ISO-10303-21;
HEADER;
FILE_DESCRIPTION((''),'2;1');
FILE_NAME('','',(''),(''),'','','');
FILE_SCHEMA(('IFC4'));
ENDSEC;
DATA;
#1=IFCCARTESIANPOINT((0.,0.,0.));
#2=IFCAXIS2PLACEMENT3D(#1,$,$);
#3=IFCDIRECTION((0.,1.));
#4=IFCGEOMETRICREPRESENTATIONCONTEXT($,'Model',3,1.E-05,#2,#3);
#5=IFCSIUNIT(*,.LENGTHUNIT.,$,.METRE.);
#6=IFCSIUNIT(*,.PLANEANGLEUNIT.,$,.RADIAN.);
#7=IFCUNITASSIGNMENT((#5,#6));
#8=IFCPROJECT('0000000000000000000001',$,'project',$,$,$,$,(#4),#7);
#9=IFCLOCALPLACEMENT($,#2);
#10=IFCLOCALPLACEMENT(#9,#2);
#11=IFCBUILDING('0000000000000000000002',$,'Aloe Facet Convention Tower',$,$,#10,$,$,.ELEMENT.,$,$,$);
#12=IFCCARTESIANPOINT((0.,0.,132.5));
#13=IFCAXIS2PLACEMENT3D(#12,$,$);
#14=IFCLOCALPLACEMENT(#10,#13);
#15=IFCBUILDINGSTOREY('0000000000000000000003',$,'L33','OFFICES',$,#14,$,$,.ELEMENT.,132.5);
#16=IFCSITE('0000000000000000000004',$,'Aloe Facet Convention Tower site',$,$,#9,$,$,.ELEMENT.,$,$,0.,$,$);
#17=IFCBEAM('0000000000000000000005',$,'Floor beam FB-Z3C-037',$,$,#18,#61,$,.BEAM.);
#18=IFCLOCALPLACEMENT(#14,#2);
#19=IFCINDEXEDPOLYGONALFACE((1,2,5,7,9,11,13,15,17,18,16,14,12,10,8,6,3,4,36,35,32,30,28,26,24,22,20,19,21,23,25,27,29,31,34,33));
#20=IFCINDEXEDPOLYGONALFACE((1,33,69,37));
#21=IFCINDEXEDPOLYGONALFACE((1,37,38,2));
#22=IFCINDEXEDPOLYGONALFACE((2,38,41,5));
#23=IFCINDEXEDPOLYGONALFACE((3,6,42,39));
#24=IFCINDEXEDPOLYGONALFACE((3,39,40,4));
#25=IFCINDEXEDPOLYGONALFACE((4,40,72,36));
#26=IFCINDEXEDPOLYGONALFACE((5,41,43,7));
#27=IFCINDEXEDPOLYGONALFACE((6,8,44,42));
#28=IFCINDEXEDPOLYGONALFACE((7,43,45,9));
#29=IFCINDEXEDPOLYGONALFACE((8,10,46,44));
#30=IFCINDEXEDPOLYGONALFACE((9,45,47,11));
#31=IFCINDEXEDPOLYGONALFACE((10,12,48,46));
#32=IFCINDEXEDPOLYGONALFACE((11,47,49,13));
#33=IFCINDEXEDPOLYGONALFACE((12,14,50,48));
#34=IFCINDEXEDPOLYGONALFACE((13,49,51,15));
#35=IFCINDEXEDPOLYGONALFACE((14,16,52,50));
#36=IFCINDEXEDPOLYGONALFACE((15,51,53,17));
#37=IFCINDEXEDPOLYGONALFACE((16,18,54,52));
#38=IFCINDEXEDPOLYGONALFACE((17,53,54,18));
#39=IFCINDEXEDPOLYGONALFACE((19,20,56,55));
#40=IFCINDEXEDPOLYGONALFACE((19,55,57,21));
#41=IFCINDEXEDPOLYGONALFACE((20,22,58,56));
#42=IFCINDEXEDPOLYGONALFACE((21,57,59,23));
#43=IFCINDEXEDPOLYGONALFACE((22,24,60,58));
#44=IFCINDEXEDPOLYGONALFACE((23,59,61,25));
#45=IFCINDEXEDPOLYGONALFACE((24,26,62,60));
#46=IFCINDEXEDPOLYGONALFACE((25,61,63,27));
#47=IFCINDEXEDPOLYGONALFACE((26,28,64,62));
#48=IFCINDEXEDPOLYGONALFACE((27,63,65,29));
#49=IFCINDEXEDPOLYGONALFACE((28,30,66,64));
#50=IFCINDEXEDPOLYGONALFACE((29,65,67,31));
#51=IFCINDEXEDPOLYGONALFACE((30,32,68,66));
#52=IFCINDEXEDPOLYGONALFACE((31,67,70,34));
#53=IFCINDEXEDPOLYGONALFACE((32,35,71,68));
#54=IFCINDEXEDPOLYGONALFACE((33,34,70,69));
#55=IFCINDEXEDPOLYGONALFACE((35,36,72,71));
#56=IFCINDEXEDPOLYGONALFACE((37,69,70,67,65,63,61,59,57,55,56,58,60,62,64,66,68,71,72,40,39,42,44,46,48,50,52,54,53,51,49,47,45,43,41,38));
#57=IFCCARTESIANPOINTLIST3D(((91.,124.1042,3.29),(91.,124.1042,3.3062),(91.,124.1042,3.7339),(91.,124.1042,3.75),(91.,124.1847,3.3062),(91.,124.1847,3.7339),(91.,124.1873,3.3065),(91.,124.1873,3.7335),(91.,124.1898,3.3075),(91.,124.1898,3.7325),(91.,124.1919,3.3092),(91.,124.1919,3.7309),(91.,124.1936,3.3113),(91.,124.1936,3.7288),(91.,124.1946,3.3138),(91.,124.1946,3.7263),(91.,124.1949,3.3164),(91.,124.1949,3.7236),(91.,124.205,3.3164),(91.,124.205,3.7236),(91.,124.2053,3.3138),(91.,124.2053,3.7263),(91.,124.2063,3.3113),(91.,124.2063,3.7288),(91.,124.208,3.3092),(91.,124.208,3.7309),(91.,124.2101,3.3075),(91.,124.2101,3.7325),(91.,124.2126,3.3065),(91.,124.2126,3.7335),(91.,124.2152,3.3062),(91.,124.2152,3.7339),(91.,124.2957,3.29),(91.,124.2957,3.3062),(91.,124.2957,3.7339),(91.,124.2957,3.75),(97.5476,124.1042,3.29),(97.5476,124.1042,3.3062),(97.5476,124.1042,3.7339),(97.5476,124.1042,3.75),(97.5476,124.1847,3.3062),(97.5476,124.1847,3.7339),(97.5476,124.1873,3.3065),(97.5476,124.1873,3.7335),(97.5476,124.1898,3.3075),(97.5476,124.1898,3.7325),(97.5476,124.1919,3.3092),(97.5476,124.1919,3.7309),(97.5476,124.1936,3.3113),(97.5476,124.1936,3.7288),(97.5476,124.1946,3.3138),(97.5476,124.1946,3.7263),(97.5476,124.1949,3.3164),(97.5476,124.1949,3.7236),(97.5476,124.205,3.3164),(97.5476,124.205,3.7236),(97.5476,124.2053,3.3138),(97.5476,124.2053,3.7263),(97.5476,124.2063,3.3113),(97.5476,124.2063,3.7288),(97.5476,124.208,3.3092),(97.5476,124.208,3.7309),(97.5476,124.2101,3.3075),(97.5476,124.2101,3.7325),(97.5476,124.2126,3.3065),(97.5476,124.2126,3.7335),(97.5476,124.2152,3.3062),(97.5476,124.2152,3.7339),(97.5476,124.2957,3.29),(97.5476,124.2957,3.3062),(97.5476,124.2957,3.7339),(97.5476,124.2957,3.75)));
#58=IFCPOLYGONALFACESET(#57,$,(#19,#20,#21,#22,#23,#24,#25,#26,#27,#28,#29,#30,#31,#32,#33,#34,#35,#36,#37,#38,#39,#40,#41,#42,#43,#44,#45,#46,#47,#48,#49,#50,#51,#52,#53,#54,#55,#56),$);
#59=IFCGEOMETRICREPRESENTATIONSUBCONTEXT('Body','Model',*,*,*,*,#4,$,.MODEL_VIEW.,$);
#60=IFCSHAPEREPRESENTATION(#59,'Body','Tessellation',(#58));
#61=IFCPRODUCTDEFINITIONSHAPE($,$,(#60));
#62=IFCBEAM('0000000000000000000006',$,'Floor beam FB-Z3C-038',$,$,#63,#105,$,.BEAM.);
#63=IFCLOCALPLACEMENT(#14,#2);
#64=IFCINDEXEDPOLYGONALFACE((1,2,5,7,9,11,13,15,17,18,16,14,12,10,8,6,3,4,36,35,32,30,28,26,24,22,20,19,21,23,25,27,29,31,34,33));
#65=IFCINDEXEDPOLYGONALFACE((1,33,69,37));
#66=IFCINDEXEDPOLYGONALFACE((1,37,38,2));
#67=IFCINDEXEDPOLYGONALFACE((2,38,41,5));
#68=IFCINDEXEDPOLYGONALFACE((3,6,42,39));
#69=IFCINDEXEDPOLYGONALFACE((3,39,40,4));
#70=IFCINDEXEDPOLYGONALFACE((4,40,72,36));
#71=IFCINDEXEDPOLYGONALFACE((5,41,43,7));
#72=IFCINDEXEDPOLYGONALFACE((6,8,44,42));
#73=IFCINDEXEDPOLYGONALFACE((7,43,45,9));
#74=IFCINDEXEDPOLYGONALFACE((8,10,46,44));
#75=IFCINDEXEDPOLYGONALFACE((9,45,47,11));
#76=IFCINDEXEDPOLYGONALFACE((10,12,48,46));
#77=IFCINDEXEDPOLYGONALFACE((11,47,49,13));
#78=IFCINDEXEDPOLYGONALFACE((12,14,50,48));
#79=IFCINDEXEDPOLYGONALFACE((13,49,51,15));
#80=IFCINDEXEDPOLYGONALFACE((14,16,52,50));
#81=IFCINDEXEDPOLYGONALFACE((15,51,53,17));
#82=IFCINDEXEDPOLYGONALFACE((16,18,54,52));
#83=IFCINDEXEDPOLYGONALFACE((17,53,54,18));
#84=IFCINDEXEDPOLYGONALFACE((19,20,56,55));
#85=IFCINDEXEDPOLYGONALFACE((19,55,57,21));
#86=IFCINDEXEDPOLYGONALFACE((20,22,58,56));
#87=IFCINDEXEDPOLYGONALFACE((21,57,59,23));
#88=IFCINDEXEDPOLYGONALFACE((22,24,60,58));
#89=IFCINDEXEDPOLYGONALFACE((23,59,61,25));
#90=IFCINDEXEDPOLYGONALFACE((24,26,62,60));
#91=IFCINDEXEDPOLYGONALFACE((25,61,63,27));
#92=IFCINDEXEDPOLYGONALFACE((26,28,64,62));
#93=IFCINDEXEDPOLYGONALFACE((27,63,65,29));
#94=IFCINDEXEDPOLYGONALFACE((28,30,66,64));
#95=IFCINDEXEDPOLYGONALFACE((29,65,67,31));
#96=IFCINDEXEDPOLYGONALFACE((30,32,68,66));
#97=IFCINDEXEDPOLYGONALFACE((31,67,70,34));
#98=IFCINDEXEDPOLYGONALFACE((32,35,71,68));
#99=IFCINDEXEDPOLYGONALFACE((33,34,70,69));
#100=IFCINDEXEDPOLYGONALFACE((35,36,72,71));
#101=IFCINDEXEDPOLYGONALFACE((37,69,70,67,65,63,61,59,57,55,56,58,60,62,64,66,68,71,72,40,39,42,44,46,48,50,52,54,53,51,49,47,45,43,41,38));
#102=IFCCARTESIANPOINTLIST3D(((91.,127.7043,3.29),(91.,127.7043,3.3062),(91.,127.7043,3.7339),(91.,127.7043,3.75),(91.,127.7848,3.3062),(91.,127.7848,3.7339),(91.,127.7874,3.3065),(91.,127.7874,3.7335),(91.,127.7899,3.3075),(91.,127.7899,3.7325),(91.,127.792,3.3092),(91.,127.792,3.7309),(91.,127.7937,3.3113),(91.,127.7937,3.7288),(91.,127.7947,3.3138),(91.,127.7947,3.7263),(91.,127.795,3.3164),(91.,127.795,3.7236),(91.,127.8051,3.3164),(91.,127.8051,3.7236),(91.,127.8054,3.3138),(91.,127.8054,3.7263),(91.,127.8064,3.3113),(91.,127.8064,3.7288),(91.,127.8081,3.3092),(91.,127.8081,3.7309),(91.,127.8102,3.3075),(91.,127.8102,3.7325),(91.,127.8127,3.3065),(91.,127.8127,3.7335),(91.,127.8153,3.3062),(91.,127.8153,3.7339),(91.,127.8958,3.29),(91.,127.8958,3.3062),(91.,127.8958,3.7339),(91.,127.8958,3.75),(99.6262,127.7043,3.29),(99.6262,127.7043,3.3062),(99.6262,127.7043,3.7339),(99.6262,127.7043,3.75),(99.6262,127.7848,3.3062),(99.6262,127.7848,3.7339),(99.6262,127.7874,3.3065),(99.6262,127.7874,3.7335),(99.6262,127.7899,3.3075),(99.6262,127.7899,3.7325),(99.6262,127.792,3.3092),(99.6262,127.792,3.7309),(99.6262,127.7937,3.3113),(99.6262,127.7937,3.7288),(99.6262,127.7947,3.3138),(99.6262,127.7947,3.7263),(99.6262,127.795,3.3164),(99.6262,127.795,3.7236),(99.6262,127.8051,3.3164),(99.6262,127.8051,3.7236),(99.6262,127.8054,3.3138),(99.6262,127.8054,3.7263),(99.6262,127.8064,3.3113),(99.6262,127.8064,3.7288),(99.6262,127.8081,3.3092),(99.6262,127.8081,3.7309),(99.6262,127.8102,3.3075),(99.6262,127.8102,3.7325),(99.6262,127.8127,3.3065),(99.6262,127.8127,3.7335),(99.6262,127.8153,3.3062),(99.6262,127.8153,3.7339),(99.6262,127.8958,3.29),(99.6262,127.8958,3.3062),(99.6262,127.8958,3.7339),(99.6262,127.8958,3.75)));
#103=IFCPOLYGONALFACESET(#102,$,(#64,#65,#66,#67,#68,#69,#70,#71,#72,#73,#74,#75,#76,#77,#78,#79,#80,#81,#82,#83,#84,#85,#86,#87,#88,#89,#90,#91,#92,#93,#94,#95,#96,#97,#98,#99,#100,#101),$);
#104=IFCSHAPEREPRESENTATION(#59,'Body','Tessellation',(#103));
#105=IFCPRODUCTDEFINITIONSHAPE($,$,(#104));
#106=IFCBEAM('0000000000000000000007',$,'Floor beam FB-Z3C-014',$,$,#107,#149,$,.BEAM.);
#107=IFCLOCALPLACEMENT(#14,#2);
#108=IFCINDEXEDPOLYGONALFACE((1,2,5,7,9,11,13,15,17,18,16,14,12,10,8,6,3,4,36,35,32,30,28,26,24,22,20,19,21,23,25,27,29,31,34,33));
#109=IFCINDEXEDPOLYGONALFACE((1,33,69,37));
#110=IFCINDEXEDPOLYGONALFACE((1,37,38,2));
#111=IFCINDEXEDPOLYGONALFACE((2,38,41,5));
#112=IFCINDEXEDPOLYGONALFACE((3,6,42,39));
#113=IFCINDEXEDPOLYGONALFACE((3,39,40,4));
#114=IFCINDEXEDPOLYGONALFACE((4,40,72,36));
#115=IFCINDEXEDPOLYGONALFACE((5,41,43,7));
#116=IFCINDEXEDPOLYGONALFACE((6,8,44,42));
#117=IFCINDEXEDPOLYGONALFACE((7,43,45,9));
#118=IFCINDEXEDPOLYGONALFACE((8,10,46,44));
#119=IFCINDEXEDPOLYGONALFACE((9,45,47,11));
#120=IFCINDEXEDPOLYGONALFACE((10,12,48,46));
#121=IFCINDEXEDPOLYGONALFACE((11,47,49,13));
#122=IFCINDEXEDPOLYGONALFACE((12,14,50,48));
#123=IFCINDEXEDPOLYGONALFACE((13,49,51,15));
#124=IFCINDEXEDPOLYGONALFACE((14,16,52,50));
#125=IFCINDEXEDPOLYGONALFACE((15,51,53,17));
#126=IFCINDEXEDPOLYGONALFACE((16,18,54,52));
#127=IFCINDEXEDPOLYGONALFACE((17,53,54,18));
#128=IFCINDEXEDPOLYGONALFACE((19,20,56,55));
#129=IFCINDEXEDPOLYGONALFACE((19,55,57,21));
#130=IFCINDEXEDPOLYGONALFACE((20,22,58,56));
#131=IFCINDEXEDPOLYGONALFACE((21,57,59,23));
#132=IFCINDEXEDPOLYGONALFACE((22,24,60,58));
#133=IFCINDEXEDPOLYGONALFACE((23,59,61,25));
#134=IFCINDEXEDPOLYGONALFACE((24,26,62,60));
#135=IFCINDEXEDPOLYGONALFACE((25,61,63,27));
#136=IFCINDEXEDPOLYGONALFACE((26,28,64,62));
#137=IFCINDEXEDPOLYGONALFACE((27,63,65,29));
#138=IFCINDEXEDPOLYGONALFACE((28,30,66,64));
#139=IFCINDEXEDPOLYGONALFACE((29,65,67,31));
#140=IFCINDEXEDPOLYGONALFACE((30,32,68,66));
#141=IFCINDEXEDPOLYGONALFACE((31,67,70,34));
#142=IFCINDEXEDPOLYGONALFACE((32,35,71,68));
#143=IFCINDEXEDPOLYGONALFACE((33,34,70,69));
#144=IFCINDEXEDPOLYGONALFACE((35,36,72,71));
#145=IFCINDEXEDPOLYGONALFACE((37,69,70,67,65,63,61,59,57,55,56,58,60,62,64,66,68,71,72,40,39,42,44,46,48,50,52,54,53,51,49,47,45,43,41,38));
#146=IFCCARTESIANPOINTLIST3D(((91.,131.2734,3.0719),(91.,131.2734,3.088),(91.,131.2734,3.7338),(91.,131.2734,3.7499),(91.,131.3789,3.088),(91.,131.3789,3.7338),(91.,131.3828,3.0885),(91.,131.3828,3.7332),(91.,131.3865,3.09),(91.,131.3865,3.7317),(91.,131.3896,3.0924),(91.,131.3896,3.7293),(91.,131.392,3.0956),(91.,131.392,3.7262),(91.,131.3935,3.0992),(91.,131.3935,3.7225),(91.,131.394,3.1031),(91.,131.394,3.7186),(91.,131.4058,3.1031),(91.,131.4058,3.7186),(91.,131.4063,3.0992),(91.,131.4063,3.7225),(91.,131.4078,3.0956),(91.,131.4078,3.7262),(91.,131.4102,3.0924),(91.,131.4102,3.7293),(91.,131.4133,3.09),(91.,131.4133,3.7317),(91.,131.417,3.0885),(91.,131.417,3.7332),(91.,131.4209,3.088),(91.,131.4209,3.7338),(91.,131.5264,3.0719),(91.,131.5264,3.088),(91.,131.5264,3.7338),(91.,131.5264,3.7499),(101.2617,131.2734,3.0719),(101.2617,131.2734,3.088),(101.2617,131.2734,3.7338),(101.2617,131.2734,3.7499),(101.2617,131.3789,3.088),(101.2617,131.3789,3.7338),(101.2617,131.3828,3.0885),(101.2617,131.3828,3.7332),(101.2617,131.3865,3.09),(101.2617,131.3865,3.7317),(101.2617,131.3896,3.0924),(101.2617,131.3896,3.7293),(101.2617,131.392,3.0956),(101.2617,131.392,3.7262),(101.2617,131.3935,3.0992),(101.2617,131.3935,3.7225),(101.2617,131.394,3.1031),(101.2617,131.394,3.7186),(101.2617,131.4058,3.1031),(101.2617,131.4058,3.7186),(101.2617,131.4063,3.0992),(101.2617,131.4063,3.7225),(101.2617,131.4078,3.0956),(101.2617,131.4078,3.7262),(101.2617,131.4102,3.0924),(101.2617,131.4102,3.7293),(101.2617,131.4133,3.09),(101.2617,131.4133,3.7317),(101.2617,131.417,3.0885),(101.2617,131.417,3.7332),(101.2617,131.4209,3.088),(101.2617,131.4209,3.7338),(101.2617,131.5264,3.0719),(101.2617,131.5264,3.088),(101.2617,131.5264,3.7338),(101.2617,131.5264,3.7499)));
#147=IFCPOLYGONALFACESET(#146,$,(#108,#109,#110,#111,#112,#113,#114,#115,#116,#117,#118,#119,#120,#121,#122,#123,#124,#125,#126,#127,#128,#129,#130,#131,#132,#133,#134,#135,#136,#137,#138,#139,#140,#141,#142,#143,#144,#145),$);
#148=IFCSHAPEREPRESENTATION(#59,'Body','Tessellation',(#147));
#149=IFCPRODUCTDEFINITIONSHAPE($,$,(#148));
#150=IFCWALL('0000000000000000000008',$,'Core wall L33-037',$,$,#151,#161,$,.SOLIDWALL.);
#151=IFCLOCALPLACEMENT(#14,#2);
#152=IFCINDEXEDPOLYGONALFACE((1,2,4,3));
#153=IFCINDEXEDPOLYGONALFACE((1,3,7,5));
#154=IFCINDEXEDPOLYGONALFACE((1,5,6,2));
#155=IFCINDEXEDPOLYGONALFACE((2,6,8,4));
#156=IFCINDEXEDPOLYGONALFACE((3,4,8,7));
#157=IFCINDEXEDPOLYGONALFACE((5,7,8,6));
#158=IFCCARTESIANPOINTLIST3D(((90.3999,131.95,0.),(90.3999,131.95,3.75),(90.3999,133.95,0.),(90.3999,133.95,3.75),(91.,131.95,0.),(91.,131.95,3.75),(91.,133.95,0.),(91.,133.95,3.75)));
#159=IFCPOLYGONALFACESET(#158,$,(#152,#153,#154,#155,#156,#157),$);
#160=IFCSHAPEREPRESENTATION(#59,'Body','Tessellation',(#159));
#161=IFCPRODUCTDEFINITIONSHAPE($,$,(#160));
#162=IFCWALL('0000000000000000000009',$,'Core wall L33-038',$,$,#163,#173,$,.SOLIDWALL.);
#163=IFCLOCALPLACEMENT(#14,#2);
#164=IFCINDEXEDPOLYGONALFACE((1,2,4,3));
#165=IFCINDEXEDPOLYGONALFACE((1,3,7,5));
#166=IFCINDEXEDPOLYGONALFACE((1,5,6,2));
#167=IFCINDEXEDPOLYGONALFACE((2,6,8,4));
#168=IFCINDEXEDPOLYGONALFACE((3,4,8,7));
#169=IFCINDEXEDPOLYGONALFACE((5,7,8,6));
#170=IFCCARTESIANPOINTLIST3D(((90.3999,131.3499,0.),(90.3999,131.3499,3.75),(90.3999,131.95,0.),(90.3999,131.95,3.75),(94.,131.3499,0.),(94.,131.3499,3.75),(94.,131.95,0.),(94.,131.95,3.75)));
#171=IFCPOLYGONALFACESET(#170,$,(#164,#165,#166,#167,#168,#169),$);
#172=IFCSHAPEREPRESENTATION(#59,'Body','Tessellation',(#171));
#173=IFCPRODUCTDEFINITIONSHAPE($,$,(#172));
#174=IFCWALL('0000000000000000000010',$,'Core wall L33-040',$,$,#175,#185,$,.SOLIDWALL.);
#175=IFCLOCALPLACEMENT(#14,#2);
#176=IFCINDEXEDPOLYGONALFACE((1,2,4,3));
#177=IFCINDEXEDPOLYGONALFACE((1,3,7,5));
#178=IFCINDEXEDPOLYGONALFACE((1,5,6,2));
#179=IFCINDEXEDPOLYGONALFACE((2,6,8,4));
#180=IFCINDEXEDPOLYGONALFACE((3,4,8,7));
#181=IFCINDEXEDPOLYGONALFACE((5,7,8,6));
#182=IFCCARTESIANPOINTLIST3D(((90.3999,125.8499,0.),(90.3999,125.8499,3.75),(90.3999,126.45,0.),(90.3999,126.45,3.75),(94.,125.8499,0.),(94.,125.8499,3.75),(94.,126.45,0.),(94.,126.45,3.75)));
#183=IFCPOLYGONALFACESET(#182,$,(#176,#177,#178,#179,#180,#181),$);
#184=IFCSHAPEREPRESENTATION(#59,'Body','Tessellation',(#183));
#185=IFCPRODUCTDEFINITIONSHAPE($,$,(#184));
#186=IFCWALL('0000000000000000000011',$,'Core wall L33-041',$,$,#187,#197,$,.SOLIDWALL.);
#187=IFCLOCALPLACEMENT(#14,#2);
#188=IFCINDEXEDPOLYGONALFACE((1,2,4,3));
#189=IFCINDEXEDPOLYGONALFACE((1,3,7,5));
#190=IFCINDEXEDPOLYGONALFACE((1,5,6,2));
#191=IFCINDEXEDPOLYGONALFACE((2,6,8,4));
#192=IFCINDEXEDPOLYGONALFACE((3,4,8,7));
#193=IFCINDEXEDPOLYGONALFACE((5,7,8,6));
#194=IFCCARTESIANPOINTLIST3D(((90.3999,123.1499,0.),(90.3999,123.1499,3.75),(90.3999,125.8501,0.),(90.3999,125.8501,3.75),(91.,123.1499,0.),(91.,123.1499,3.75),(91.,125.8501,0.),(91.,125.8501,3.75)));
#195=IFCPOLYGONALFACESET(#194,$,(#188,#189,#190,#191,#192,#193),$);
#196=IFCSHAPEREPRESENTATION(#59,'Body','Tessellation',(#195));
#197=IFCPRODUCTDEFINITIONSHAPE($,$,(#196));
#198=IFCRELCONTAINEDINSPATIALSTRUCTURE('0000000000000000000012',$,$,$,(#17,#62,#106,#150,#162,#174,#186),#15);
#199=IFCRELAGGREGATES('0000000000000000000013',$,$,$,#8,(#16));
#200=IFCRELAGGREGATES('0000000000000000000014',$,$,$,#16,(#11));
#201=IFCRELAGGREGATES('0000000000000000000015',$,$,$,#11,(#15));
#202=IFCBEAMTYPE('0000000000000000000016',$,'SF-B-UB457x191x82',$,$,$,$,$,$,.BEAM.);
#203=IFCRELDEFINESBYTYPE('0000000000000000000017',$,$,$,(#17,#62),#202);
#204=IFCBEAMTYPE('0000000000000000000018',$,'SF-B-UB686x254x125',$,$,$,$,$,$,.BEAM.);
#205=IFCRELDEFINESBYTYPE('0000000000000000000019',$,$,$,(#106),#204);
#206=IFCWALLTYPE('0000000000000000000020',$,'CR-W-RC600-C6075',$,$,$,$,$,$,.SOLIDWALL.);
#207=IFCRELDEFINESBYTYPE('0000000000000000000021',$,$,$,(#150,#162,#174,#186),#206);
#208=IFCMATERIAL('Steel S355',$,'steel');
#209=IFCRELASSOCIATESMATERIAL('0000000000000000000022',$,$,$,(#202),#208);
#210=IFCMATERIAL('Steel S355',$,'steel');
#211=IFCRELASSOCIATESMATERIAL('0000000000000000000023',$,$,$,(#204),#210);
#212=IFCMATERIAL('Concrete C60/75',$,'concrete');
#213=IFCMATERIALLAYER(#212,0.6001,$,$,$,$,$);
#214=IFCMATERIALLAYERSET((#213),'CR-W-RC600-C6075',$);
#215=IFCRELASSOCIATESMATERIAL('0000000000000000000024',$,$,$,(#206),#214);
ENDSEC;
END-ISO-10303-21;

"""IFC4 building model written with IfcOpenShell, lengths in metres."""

from ifc_helpers import new_model, si_unit, direction, frame, frame_2d, origin, origin_2d, place, context, subcontext, project, spatial, rectangle, i_section, extrude, material, layer, layer_set, material_profile, profile_set, type_object, element, save


model = new_model("IFC4")

# Units and contexts
model_context = context("Model", 3, precision=1e-05, world=origin(), true_north=direction((0.0, 1.0)))
body_context = subcontext(model_context, "Body", "Model", "MODEL_VIEW")
ifc_project = project(units=[si_unit("LENGTHUNIT", "METRE"), si_unit("PLANEANGLEUNIT", "RADIAN")], contexts=[model_context])

# Site, building, storey
site_placement = place(None, origin())
site = spatial("IfcSite", under=ifc_project, at=site_placement, Name="Aloe Facet Convention Tower site", CompositionType="ELEMENT", RefElevation=0.0)
building_placement = place(site_placement, origin())
building = spatial("IfcBuilding", under=site, at=building_placement, Name="Aloe Facet Convention Tower", CompositionType="ELEMENT")
storey_placement = place(building_placement, frame((0.0, 0.0, 132.5)))
storey = spatial("IfcBuildingStorey", under=building, at=storey_placement, Name="L33", Description="OFFICES", CompositionType="ELEMENT", Elevation=132.5)

# Beams
ifc_material_1 = material(Name="Steel S355", Category="steel")
ifc_material_profile_1 = material_profile(ifc_material_1, i_section(OverallWidth=0.1914, OverallDepth=0.46, WebThickness=0.01, FlangeThickness=0.0161, FilletRadius=0.0103, at=origin_2d()), Name="UB 457x191x82")
ifc_profile_set_1 = profile_set([ifc_material_profile_1], Name="Steel S355")
beam_type_1 = type_object("IfcBeamType", Name="SF-B-UB457x191x82", PredefinedType="BEAM", material=ifc_profile_set_1)
beam_1_placement = place(storey_placement, frame((91.0, 124.2, 3.52), z_axis=(1.0, 0.0, 0.0), x_axis=(0.0, 1.0, 0.0)))
element("IfcBeam", 1, at=beam_1_placement, inside=storey, type_object=beam_type_1, Name="Floor beam FB-Z3C-037", PredefinedType="BEAM", context=body_context, shape_type="SweptSolid", body=[
    extrude(i_section(OverallWidth=0.1914, OverallDepth=0.46, WebThickness=0.01, FlangeThickness=0.0161, FilletRadius=0.0103, at=origin_2d()), origin(), (0.0, 0.0, 1.0), 6.5476),
])
beam_2_placement = place(storey_placement, frame((91.0, 127.8, 3.52), z_axis=(1.0, 0.0, 0.0), x_axis=(0.0, 1.0, 0.0)))
element("IfcBeam", 2, at=beam_2_placement, inside=storey, type_object=beam_type_1, Name="Floor beam FB-Z3C-038", PredefinedType="BEAM", context=body_context, shape_type="SweptSolid", body=[
    extrude(i_section(OverallWidth=0.1914, OverallDepth=0.46, WebThickness=0.01, FlangeThickness=0.0161, FilletRadius=0.0103, at=origin_2d()), origin(), (0.0, 0.0, 1.0), 8.6262),
])
ifc_material_2 = material(Name="Steel S355", Category="steel")
ifc_material_profile_2 = material_profile(ifc_material_2, i_section(OverallWidth=0.2529, OverallDepth=0.678, WebThickness=0.0117, FlangeThickness=0.0161, FilletRadius=0.0151, at=origin_2d()), Name="UB 686x254x125")
ifc_profile_set_2 = profile_set([ifc_material_profile_2], Name="Steel S355")
beam_type_2 = type_object("IfcBeamType", Name="SF-B-UB686x254x125", PredefinedType="BEAM", material=ifc_profile_set_2)
beam_3_placement = place(storey_placement, frame((91.0, 131.3999, 3.4109), z_axis=(1.0, 0.0, 0.0), x_axis=(0.0, 1.0, 0.0)))
element("IfcBeam", 3, at=beam_3_placement, inside=storey, type_object=beam_type_2, Name="Floor beam FB-Z3C-014", PredefinedType="BEAM", context=body_context, shape_type="SweptSolid", body=[
    extrude(i_section(OverallWidth=0.2529, OverallDepth=0.678, WebThickness=0.0117, FlangeThickness=0.0161, FilletRadius=0.0151, at=origin_2d()), origin(), (0.0, 0.0, 1.0), 10.2617),
])

# Walls
ifc_material_3 = material(Name="Concrete C60/75", Category="concrete")
ifc_layer_1 = layer(ifc_material_3, 0.6001)
ifc_layer_set_1 = layer_set([ifc_layer_1], Name="CR-W-RC600-C6075")
wall_type_1 = type_object("IfcWallType", Name="CR-W-RC600-C6075", PredefinedType="SOLIDWALL", material=ifc_layer_set_1)
wall_1_placement = place(storey_placement, frame((90.7, 133.95, 0.0), z_axis=(0.0, 0.0, 1.0), x_axis=(0.0, -1.0, 0.0)))
element("IfcWall", 4, at=wall_1_placement, inside=storey, type_object=wall_type_1, Name="Core wall L33-037", PredefinedType="SOLIDWALL", context=body_context, shape_type="SweptSolid", body=[
    extrude(rectangle(XDim=2.0, YDim=0.6001, at=frame_2d((1.0, 0.0))), origin(), (0.0, 0.0, 1.0), 3.75),
])
for number, where, z_axis, x_axis, name in (
    (5, (90.3999, 131.6499, 0.0), (0.0, 0.0, 1.0), (1.0, 0.0, 0.0), "Core wall L33-038"),
    (6, (90.3999, 126.1499, 0.0), (0.0, 0.0, 1.0), (1.0, 0.0, 0.0), "Core wall L33-040"),
):
    element("IfcWall", number, at=place(storey_placement, frame(where, z_axis=z_axis, x_axis=x_axis)), inside=storey, type_object=wall_type_1, Name=name, PredefinedType="SOLIDWALL", context=body_context, shape_type="SweptSolid", body=[
        extrude(rectangle(XDim=3.6001, YDim=0.6001, at=frame_2d((1.8, 0.0))), origin(), (0.0, 0.0, 1.0), 3.75),
    ])
wall_2_placement = place(storey_placement, frame((90.7, 125.8501, 0.0), z_axis=(0.0, 0.0, 1.0), x_axis=(0.0, -1.0, 0.0)))
element("IfcWall", 7, at=wall_2_placement, inside=storey, type_object=wall_type_1, Name="Core wall L33-041", PredefinedType="SOLIDWALL", context=body_context, shape_type="SweptSolid", body=[
    extrude(rectangle(XDim=2.7002, YDim=0.6001, at=frame_2d((1.3501, 0.0))), origin(), (0.0, 0.0, 1.0), 3.75),
])

save(model, "model.ifc")
